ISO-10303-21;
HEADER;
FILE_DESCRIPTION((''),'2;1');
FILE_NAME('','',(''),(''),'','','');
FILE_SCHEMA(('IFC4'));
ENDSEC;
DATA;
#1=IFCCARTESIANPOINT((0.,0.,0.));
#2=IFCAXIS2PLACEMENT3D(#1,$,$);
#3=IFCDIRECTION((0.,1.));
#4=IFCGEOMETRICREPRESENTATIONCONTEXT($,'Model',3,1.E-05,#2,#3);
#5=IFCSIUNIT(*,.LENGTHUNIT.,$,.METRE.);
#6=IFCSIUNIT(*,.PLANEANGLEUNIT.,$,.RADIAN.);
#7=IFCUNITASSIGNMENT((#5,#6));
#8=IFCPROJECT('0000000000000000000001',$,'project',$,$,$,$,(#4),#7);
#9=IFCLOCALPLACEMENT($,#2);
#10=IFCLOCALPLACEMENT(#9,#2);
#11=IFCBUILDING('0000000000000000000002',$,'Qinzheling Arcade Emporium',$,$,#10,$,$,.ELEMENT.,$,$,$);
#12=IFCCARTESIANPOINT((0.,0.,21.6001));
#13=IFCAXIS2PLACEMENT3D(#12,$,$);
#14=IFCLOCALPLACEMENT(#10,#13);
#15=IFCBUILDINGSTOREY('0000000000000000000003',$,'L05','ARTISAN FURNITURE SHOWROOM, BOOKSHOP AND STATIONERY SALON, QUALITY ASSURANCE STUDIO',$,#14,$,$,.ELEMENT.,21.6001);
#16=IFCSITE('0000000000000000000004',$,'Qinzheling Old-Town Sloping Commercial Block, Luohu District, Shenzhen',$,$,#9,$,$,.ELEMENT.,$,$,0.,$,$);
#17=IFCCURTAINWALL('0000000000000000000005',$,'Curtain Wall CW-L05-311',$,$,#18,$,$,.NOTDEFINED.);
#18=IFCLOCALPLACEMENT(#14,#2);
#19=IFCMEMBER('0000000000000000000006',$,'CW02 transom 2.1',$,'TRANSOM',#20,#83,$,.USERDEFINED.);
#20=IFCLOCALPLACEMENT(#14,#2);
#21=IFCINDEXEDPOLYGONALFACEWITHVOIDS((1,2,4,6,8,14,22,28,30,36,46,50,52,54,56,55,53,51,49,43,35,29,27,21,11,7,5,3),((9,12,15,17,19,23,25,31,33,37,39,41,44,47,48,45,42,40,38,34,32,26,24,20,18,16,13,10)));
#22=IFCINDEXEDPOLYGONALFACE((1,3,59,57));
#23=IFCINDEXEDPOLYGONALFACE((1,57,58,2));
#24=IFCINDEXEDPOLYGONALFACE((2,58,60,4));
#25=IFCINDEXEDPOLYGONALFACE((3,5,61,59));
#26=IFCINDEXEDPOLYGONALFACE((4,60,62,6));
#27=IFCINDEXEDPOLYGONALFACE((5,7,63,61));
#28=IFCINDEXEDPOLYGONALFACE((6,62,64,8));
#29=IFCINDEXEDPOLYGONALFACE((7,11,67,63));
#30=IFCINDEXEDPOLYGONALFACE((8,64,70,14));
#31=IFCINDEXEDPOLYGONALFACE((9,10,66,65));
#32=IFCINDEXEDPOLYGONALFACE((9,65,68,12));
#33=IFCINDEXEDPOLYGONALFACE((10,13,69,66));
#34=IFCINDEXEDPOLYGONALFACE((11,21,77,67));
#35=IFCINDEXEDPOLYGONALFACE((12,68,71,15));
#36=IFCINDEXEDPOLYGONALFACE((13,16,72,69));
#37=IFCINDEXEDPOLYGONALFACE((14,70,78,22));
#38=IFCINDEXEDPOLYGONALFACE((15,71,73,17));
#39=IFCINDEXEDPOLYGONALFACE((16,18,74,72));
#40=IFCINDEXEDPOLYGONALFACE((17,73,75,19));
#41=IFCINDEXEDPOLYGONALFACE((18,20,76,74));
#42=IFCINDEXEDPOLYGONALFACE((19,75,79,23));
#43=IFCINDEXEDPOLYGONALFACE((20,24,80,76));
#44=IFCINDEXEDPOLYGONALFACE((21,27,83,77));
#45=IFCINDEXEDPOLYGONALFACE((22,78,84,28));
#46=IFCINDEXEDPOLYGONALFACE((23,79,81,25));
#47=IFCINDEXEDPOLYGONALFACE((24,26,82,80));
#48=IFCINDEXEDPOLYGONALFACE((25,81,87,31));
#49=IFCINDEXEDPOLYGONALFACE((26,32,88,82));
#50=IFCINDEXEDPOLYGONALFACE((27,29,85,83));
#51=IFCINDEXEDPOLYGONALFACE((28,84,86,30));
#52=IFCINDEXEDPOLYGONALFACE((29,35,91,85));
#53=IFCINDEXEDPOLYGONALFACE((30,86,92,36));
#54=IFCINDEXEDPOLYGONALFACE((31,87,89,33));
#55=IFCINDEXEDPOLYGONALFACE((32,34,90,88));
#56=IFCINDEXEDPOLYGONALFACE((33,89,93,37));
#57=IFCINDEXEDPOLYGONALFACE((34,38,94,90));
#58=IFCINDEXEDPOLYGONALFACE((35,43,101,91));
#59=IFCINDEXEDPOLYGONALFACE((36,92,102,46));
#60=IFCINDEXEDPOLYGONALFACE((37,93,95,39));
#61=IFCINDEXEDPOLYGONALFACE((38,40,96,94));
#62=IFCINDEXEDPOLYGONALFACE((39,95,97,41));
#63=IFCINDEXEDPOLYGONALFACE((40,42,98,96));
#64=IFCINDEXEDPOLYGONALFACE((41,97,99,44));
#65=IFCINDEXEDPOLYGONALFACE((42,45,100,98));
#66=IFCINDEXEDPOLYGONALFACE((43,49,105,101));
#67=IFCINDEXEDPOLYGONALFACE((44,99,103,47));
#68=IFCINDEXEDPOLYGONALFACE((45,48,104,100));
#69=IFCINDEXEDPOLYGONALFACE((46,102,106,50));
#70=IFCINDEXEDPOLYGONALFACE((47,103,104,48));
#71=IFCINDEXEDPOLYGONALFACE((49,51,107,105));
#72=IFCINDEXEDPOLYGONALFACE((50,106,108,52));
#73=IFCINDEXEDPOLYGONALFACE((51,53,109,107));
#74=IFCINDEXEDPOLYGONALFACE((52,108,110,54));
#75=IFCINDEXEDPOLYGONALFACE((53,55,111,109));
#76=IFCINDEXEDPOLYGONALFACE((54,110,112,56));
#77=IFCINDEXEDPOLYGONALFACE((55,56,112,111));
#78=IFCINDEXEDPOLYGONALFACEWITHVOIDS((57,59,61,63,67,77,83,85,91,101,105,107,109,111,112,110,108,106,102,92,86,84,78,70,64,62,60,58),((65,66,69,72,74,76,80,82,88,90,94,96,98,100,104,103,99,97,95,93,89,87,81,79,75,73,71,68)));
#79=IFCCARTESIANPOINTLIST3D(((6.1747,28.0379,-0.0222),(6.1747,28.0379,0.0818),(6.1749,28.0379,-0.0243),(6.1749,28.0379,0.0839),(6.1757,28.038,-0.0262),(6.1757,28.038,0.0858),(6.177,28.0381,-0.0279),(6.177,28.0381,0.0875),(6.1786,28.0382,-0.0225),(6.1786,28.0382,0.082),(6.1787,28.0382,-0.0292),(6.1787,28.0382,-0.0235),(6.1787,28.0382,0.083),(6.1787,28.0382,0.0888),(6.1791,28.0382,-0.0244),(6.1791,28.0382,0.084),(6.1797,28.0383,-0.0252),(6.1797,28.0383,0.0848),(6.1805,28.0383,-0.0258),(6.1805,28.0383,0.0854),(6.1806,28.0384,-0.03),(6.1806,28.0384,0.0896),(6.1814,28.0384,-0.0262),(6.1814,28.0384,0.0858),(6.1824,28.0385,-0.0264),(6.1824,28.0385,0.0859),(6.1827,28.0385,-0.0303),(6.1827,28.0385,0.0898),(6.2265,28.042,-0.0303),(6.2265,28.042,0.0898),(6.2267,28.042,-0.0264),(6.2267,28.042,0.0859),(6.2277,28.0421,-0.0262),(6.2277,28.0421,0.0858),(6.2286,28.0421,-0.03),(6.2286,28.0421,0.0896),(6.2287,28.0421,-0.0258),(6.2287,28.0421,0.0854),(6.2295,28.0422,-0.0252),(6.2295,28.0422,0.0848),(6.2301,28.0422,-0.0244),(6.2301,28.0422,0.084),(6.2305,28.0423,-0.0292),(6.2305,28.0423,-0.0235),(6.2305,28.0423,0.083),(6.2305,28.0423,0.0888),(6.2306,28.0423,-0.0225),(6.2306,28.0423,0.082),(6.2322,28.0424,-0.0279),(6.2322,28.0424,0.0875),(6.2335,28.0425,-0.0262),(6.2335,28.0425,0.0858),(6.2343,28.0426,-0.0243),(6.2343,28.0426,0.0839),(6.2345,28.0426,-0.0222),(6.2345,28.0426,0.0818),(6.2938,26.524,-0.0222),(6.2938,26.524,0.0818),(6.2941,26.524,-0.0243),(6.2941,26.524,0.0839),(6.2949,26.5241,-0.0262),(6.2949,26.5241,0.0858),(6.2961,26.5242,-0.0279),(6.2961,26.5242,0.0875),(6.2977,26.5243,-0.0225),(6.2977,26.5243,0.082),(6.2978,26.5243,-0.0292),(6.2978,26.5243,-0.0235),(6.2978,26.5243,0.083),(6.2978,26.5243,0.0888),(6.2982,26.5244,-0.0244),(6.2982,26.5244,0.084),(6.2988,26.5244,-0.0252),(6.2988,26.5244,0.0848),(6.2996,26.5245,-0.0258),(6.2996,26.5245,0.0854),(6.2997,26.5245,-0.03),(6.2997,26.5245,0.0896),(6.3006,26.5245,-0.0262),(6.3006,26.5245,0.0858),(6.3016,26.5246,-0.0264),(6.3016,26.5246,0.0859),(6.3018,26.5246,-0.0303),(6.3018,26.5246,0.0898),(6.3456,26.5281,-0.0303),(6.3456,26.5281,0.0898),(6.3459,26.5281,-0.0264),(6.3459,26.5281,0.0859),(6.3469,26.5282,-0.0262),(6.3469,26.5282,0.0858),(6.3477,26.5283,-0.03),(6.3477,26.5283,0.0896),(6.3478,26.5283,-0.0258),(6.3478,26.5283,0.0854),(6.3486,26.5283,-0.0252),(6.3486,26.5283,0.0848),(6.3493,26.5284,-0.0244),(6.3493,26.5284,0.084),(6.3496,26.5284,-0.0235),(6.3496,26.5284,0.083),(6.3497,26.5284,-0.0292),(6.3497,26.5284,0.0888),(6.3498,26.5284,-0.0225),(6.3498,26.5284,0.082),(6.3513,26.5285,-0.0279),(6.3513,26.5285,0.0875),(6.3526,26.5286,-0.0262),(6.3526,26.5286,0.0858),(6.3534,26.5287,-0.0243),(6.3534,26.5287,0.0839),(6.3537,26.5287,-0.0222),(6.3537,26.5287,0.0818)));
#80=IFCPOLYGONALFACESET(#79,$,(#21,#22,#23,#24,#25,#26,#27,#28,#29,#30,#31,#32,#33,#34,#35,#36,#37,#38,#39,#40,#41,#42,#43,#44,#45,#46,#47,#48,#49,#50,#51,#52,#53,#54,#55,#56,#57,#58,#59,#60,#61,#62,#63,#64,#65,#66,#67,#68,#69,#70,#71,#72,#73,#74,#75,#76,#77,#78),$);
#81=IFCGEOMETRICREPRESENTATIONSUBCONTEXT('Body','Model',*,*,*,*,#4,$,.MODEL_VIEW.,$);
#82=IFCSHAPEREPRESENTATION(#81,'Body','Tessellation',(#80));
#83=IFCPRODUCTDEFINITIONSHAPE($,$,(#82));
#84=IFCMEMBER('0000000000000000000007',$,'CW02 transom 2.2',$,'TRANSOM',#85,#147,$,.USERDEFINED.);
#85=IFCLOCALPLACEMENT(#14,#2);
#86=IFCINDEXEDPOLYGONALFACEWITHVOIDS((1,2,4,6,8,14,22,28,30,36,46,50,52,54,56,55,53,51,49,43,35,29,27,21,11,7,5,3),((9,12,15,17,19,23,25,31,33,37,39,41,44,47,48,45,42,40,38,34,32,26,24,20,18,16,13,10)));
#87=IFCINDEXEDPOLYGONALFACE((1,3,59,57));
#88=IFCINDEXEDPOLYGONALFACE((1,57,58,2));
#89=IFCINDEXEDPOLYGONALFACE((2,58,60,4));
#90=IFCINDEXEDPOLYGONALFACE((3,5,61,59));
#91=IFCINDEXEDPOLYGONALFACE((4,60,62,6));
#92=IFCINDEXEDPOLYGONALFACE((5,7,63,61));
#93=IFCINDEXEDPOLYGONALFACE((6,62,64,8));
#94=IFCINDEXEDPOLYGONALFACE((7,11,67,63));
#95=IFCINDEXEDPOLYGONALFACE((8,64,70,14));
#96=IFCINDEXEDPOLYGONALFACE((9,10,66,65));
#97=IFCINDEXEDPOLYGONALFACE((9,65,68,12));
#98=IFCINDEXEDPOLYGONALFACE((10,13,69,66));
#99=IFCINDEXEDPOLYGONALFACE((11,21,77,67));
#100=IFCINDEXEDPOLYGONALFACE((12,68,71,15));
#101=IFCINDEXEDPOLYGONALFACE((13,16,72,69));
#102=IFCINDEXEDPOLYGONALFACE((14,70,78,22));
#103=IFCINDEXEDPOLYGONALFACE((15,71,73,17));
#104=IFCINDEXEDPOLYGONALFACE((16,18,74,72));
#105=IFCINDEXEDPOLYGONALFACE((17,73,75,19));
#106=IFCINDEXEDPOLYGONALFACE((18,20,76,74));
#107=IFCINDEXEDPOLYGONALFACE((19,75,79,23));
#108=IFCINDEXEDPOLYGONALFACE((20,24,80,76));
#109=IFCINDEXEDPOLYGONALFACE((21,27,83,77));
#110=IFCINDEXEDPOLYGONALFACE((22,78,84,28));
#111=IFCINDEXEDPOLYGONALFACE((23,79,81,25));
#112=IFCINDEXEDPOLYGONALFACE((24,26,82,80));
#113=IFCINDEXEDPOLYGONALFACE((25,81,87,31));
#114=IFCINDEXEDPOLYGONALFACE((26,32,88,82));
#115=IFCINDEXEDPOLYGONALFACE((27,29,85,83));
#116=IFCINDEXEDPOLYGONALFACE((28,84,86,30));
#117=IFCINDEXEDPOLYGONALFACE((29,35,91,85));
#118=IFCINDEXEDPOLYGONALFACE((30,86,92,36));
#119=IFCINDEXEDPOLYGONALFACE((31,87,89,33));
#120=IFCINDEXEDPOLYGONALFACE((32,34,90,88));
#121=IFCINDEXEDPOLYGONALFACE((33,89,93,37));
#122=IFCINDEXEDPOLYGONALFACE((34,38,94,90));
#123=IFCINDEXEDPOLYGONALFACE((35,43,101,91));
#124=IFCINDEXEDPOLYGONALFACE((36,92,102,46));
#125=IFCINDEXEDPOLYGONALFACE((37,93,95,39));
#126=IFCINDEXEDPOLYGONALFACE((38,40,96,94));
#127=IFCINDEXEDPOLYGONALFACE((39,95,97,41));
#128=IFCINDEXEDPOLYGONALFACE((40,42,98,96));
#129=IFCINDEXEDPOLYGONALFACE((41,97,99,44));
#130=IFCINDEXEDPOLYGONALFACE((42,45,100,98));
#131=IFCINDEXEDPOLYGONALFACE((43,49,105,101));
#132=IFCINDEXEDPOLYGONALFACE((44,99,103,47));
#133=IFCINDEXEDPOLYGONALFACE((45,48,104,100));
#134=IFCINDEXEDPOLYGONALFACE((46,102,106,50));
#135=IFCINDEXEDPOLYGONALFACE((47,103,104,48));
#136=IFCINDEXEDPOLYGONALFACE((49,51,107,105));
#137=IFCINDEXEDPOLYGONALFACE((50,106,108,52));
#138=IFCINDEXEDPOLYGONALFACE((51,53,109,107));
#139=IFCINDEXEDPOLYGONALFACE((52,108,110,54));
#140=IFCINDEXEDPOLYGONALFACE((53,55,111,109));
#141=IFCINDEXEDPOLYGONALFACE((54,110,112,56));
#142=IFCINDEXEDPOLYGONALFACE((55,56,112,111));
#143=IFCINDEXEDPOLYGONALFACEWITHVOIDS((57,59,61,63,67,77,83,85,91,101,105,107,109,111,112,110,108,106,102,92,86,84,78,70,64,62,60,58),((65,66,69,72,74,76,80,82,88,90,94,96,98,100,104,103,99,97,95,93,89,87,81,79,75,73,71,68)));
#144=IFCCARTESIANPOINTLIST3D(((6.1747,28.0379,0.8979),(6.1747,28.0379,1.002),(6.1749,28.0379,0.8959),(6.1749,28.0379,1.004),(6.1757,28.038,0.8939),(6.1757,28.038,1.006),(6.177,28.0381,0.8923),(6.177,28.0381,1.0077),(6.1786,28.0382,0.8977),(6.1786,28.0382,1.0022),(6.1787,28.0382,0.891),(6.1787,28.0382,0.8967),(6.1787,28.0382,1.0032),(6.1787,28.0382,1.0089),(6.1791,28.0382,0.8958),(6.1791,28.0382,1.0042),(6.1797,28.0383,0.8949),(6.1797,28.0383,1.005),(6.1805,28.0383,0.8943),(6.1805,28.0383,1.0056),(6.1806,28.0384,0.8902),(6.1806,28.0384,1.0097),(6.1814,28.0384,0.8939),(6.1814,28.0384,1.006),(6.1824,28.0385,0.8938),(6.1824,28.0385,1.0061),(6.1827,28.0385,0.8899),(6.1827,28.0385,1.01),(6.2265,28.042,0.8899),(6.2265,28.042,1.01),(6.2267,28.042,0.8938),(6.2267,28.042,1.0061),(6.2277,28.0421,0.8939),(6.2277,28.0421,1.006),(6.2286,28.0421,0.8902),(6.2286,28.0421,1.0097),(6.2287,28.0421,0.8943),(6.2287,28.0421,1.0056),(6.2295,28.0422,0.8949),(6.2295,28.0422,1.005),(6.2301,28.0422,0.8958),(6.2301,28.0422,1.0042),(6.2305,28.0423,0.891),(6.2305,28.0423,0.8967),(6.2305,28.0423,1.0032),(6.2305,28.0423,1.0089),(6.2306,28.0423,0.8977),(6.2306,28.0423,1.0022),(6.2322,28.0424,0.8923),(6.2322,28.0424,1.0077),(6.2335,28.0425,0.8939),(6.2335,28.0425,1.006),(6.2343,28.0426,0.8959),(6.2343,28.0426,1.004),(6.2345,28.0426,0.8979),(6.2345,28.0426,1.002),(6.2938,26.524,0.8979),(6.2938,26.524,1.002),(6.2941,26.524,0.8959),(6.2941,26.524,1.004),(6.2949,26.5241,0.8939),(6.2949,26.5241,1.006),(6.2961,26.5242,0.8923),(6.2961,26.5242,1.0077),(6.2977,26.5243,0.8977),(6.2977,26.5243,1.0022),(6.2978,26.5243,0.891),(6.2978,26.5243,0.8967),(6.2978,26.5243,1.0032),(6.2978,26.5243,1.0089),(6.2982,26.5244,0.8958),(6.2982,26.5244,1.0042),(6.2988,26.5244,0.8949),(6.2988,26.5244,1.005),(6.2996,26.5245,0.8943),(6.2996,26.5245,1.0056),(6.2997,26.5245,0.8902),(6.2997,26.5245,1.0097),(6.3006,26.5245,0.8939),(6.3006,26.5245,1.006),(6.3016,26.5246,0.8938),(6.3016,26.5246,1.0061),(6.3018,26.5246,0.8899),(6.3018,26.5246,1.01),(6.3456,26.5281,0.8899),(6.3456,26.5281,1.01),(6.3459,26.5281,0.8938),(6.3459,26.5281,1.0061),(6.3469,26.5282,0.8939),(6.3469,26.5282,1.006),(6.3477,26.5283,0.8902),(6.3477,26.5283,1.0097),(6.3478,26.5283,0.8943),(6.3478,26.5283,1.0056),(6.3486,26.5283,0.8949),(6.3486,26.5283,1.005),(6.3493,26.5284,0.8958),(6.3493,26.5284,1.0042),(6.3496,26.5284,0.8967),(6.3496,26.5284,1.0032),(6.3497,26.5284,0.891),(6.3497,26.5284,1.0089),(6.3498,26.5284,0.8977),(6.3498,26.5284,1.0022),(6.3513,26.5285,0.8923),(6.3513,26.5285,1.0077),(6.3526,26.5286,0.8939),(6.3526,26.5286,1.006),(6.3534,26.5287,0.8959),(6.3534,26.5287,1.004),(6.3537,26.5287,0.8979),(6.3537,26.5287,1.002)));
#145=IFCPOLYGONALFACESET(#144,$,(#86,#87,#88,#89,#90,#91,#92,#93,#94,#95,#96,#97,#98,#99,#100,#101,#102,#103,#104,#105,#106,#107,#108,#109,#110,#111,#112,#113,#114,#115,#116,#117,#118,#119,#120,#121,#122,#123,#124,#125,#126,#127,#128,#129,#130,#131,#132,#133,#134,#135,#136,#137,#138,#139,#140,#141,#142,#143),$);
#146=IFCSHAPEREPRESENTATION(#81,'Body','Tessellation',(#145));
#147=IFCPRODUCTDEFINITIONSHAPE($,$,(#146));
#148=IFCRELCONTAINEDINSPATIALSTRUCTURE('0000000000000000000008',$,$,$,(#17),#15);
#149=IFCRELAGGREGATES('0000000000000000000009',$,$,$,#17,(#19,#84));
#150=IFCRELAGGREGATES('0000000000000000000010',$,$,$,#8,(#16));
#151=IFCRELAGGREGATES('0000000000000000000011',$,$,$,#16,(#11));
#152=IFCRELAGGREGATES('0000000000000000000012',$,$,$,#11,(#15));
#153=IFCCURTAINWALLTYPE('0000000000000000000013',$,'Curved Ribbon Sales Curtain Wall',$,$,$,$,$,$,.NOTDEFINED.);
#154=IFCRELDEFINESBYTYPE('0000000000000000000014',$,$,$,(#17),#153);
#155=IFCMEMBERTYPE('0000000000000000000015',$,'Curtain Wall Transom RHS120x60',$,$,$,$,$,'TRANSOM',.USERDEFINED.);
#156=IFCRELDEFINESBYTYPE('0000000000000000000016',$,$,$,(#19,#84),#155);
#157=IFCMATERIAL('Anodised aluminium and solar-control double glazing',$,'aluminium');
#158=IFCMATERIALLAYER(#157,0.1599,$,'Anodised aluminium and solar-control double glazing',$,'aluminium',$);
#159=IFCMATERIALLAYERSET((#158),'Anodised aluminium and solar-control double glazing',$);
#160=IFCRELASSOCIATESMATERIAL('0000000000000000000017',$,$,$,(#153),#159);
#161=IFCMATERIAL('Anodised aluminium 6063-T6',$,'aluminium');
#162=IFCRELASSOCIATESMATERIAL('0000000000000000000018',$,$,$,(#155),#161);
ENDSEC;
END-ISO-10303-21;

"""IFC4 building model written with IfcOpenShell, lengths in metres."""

from ifc_helpers import new_model, si_unit, direction, frame, origin, origin_2d, place, context, subcontext, project, spatial, hollow_rectangle, extrude, material, layer, layer_set, material_profile, profile_set, type_object, element, aggregate, save


model = new_model("IFC4")

# Units and contexts
model_context = context("Model", 3, precision=1e-05, world=origin(), true_north=direction((0.0, 1.0)))
body_context = subcontext(model_context, "Body", "Model", "MODEL_VIEW")
ifc_project = project(units=[si_unit("LENGTHUNIT", "METRE"), si_unit("PLANEANGLEUNIT", "RADIAN")], contexts=[model_context])

# Site, building, storey
site_placement = place(None, origin())
site = spatial("IfcSite", under=ifc_project, at=site_placement, Name="Qinzheling Old-Town Sloping Commercial Block, Luohu District, Shenzhen", CompositionType="ELEMENT", RefElevation=0.0)
building_placement = place(site_placement, origin())
building = spatial("IfcBuilding", under=site, at=building_placement, Name="Qinzheling Arcade Emporium", CompositionType="ELEMENT")
storey_placement = place(building_placement, frame((0.0, 0.0, 21.6001)))
storey = spatial("IfcBuildingStorey", under=building, at=storey_placement, Name="L05", Description="ARTISAN FURNITURE SHOWROOM, BOOKSHOP AND STATIONERY SALON, QUALITY ASSURANCE STUDIO", CompositionType="ELEMENT", Elevation=21.6001)

# Curtain wall
ifc_material_1 = material(Name="Anodised aluminium and solar-control double glazing", Category="aluminium")
ifc_layer_1 = layer(ifc_material_1, 0.1599, Name="Anodised aluminium and solar-control double glazing", Category="aluminium")
ifc_layer_set_1 = layer_set([ifc_layer_1], Name="Anodised aluminium and solar-control double glazing")
curtain_wall_type_1 = type_object("IfcCurtainWallType", Name="Curved Ribbon Sales Curtain Wall", PredefinedType="NOTDEFINED", material=ifc_layer_set_1)
curtain_wall_1_placement = place(storey_placement, origin())
curtain_wall_1 = element("IfcCurtainWall", 1, at=curtain_wall_1_placement, inside=storey, type_object=curtain_wall_type_1, Name="Curtain Wall CW-L05-311", PredefinedType="NOTDEFINED")
ifc_material_2 = material(Name="Anodised aluminium 6063-T6", Category="aluminium")

# Members
ifc_material_profile_1 = material_profile(ifc_material_2, hollow_rectangle(XDim=0.0601, YDim=0.1201, WallThickness=0.0039, InnerFilletRadius=0.0039, OuterFilletRadius=0.0081, at=origin_2d()), Name="RHS 120x60x4", Category="aluminium")
ifc_profile_set_1 = profile_set([ifc_material_profile_1], Name="Anodised aluminium 6063-T6")
member_type_1 = type_object("IfcMemberType", Name="Curtain Wall Transom RHS120x60", ElementType="TRANSOM", PredefinedType="USERDEFINED", material=ifc_profile_set_1)
member_1_placement = place(storey_placement, frame((6.3237, 26.5264, 0.0298), z_axis=(-0.078454, 0.996918, 0.0), x_axis=(-0.996918, -0.078454, 0.0)))
member_1 = element("IfcMember", 2, at=member_1_placement, type_object=member_type_1, Name="CW02 transom 2.1", ObjectType="TRANSOM", PredefinedType="USERDEFINED", context=body_context, shape_type="SweptSolid", body=[
    extrude(hollow_rectangle(XDim=0.0601, YDim=0.1201, WallThickness=0.0039, InnerFilletRadius=0.0039, OuterFilletRadius=0.0081, at=origin_2d()), origin(), (0.0, 0.0, 1.0), 1.5186),
])
member_2_placement = place(storey_placement, frame((6.3237, 26.5264, 0.95), z_axis=(-0.078454, 0.996918, 0.0), x_axis=(-0.996918, -0.078454, 0.0)))
member_2 = element("IfcMember", 3, at=member_2_placement, type_object=member_type_1, Name="CW02 transom 2.2", ObjectType="TRANSOM", PredefinedType="USERDEFINED", context=body_context, shape_type="SweptSolid", body=[
    extrude(hollow_rectangle(XDim=0.0601, YDim=0.1201, WallThickness=0.0039, InnerFilletRadius=0.0039, OuterFilletRadius=0.0081, at=origin_2d()), origin(), (0.0, 0.0, 1.0), 1.5186),
])

aggregate(curtain_wall_1, [member_1, member_2])

save(model, "model.ifc")
